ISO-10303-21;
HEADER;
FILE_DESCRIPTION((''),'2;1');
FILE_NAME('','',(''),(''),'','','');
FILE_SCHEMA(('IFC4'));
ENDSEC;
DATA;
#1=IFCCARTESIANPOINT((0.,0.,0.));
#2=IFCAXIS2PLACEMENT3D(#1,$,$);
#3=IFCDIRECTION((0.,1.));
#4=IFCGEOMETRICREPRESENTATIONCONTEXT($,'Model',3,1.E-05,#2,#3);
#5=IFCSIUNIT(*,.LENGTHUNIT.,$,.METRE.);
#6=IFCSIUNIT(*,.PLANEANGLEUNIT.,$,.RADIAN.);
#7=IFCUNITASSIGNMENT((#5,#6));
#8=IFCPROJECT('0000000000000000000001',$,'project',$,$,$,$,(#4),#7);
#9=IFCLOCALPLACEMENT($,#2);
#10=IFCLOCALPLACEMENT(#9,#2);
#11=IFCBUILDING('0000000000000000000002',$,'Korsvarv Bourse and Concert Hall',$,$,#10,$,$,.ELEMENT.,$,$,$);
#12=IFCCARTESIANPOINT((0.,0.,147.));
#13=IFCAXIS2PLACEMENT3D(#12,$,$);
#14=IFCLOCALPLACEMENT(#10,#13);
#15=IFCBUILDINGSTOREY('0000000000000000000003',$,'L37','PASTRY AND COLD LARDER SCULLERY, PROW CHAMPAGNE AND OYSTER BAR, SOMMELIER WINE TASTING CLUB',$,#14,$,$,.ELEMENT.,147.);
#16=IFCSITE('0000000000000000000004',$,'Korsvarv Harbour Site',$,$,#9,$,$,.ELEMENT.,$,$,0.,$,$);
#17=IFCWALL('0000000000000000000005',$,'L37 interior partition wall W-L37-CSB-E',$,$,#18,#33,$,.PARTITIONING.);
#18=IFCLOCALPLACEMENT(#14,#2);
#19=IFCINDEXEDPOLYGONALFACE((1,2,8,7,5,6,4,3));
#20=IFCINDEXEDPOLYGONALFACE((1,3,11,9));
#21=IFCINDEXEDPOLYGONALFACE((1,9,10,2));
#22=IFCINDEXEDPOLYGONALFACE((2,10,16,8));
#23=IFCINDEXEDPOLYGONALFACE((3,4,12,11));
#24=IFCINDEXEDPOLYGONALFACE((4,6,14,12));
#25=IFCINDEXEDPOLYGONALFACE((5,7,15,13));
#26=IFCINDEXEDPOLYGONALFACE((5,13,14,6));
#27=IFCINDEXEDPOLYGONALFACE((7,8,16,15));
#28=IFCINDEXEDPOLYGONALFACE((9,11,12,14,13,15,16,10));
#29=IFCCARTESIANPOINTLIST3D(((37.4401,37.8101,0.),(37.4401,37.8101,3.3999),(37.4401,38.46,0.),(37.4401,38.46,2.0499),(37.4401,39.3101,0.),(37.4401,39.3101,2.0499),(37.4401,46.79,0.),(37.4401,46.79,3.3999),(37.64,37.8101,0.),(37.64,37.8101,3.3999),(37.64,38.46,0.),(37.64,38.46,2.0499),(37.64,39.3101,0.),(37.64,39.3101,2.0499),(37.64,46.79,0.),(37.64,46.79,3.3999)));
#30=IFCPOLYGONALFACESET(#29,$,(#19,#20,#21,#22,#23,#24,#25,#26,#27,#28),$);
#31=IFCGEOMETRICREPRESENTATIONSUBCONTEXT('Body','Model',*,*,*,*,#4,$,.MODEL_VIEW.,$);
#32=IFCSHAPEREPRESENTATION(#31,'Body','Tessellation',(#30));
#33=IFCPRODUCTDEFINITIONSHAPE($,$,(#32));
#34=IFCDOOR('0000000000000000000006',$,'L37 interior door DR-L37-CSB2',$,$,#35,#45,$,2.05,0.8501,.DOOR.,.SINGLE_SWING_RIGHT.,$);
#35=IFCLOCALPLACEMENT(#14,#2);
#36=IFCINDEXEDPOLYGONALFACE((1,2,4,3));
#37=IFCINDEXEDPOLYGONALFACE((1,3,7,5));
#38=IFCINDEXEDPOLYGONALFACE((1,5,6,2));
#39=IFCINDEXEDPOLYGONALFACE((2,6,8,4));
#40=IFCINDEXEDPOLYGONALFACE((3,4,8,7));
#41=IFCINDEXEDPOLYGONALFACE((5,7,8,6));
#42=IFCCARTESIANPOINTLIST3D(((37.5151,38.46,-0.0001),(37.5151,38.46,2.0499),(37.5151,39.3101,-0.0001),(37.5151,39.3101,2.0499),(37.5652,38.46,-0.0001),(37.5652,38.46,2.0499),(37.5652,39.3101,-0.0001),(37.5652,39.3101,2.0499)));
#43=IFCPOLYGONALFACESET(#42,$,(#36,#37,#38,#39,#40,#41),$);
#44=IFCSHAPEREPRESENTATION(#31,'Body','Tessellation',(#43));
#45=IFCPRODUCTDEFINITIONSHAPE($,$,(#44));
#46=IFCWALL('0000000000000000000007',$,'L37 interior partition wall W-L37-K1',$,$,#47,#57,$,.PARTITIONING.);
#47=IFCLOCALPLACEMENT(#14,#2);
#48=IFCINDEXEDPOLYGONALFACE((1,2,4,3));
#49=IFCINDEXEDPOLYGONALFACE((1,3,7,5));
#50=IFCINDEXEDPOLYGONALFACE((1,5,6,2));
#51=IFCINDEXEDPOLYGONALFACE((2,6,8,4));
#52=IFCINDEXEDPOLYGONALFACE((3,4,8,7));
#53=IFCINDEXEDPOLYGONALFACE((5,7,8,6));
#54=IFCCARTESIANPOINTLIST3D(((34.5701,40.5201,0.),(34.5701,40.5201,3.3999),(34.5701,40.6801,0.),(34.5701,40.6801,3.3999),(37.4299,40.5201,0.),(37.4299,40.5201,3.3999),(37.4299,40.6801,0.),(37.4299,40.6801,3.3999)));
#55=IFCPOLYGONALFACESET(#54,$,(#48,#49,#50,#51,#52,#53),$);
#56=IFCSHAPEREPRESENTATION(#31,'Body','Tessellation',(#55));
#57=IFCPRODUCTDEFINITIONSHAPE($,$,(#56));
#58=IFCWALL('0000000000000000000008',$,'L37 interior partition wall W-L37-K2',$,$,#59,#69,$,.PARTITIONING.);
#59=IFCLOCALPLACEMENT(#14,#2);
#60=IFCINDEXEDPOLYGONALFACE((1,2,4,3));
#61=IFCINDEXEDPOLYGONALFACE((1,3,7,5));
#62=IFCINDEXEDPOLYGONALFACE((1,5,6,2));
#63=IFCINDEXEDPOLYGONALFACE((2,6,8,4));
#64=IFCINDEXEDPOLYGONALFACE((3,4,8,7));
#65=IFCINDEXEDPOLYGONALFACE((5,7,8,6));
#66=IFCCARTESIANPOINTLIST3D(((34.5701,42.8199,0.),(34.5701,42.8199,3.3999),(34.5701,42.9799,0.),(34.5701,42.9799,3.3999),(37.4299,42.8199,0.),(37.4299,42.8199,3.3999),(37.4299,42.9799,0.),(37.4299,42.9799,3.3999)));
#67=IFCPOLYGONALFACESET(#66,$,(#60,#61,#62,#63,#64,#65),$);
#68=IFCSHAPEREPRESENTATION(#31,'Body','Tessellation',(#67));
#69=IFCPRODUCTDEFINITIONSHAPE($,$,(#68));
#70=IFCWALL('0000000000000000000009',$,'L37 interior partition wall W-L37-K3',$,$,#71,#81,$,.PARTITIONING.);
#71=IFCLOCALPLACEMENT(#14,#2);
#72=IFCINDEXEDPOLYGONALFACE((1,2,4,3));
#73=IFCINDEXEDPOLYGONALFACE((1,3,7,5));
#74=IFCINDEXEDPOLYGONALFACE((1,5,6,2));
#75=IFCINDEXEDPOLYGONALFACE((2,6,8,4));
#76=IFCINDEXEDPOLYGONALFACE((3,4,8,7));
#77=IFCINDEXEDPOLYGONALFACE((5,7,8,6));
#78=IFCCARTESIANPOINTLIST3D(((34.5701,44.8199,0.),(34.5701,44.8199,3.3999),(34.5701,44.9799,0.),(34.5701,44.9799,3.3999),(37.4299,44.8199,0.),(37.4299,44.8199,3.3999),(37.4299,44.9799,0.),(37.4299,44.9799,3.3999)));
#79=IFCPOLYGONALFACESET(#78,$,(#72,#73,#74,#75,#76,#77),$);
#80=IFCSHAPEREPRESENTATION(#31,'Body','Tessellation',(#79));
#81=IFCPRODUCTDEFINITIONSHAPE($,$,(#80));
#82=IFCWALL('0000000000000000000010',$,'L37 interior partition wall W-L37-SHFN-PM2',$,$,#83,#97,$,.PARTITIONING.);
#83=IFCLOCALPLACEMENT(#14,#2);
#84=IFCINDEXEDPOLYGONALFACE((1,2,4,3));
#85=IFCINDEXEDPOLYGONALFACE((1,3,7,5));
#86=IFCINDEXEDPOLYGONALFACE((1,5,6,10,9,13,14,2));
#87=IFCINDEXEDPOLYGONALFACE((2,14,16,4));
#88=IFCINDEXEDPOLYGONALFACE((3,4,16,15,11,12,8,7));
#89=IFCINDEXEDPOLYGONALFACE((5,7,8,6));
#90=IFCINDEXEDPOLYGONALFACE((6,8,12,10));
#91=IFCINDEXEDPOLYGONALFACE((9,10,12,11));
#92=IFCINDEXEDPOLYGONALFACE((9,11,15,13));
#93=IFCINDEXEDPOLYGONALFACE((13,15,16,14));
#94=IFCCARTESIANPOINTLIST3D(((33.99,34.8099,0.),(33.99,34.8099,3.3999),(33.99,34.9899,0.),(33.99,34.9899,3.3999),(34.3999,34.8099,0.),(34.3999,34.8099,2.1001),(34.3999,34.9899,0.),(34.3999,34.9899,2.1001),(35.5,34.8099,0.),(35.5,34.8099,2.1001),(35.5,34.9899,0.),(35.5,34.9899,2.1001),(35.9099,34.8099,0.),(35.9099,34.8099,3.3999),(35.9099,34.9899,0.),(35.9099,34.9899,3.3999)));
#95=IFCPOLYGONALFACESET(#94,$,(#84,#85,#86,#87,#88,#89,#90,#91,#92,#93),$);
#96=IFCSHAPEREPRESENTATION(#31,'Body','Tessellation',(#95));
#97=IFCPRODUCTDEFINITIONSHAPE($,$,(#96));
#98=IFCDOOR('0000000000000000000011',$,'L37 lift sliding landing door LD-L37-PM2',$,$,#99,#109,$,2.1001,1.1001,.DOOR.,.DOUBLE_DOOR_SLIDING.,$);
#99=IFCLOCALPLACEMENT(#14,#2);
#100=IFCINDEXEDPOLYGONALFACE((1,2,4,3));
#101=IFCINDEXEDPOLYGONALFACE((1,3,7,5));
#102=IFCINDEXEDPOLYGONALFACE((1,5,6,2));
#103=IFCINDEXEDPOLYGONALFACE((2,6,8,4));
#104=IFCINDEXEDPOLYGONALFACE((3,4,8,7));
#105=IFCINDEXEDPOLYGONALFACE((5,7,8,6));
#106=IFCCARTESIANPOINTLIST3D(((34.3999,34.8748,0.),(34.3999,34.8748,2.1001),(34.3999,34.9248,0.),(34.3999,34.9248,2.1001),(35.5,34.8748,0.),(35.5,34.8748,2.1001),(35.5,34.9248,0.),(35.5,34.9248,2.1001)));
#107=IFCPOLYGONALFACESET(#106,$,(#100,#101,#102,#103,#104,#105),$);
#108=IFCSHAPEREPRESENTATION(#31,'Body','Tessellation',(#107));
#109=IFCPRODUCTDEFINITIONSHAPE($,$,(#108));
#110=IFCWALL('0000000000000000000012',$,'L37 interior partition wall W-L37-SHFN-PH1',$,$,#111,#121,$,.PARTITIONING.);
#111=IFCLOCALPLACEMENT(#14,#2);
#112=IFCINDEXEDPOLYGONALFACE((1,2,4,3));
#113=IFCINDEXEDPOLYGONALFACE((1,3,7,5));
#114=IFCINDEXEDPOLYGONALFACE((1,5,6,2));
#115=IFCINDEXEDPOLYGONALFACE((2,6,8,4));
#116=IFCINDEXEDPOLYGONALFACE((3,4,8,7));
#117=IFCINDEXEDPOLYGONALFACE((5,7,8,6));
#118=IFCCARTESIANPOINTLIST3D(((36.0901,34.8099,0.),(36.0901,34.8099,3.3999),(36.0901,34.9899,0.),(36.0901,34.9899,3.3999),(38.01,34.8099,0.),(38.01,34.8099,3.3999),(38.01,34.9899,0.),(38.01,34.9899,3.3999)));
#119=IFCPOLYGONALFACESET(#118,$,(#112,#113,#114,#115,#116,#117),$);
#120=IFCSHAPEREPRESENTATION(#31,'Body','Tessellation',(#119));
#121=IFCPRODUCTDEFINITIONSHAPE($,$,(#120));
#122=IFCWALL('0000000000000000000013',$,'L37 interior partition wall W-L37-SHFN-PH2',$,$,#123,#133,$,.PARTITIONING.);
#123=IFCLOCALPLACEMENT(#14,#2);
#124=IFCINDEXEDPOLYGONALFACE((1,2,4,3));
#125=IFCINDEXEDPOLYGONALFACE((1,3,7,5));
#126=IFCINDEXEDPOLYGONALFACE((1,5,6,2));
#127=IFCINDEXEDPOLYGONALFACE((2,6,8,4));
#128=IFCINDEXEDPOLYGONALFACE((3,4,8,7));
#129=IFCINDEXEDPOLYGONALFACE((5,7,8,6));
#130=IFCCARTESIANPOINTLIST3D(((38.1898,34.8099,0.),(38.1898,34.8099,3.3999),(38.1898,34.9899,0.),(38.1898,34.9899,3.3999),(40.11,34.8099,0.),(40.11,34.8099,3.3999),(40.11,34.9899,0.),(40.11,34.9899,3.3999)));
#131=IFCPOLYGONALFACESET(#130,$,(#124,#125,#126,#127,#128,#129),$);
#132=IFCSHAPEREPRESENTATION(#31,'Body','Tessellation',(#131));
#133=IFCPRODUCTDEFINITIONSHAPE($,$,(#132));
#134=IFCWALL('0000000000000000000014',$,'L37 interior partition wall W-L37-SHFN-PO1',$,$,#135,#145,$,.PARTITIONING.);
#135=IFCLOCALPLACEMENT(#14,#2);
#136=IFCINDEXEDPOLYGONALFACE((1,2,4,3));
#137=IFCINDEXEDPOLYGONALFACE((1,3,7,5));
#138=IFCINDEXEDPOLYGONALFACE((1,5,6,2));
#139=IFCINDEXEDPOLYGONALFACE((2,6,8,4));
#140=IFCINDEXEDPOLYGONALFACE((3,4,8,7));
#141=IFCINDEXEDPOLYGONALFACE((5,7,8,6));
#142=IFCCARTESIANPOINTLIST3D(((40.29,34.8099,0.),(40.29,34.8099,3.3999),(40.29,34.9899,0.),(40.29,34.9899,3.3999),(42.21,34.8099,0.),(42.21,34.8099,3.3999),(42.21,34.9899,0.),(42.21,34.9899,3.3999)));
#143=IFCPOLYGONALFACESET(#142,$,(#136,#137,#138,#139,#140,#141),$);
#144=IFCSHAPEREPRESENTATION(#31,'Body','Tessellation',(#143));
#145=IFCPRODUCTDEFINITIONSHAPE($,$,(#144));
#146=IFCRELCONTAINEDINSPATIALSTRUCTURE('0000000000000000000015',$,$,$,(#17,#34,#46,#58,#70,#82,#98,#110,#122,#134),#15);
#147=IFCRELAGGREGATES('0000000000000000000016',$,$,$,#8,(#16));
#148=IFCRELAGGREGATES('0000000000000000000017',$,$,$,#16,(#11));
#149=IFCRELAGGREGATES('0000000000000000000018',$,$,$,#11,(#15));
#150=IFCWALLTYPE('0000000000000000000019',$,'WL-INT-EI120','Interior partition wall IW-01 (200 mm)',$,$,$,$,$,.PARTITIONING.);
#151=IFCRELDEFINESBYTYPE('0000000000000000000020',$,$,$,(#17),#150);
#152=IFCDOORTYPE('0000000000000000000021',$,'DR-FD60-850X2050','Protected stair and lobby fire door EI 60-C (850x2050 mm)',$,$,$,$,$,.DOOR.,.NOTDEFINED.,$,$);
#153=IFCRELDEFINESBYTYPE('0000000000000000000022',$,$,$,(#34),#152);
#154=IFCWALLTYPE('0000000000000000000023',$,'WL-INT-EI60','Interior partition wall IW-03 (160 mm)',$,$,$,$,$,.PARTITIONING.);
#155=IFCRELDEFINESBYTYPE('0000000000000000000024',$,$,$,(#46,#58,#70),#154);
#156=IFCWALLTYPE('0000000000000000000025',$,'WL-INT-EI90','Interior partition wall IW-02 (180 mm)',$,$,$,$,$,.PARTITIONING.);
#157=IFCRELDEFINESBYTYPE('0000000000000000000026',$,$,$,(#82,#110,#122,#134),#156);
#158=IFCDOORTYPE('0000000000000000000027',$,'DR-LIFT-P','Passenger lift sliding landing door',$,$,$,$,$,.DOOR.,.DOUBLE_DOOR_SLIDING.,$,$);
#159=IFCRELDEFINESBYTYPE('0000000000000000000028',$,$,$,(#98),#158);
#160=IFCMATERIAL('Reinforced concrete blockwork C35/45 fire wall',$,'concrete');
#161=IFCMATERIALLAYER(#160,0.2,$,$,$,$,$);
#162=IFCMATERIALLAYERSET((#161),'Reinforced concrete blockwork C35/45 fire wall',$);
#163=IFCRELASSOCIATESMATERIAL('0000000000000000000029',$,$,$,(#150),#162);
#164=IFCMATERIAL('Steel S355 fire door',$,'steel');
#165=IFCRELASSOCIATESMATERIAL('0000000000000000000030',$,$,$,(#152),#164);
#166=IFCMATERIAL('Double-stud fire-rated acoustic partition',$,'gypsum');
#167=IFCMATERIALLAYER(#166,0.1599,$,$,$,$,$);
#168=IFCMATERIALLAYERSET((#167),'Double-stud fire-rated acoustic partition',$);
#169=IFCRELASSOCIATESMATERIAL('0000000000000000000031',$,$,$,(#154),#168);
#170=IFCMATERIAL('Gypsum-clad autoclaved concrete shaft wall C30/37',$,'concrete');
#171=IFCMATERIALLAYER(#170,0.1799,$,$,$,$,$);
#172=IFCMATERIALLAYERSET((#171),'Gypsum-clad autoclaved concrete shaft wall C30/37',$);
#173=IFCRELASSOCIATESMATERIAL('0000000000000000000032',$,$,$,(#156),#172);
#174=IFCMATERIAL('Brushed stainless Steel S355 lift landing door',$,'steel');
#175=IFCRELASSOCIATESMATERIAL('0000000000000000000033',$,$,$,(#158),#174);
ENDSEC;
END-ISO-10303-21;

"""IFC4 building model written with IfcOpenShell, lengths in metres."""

from ifc_helpers import new_model, si_unit, direction, frame, frame_2d, origin, place, context, subcontext, project, spatial, rectangle, extrude, material, layer, layer_set, type_object, element, fill, save


model = new_model("IFC4")

# Units and contexts
model_context = context("Model", 3, precision=1e-05, world=origin(), true_north=direction((0.0, 1.0)))
body_context = subcontext(model_context, "Body", "Model", "MODEL_VIEW")
ifc_project = project(units=[si_unit("LENGTHUNIT", "METRE"), si_unit("PLANEANGLEUNIT", "RADIAN")], contexts=[model_context])

# Site, building, storey
site_placement = place(None, origin())
site = spatial("IfcSite", under=ifc_project, at=site_placement, Name="Korsvarv Harbour Site", CompositionType="ELEMENT", RefElevation=0.0)
building_placement = place(site_placement, origin())
building = spatial("IfcBuilding", under=site, at=building_placement, Name="Korsvarv Bourse and Concert Hall", CompositionType="ELEMENT")
storey_placement = place(building_placement, frame((0.0, 0.0, 147.0)))
storey = spatial("IfcBuildingStorey", under=building, at=storey_placement, Name="L37", Description="PASTRY AND COLD LARDER SCULLERY, PROW CHAMPAGNE AND OYSTER BAR, SOMMELIER WINE TASTING CLUB", CompositionType="ELEMENT", Elevation=147.0)

# Shared definitions
ifc_material_1 = material(Name="Steel S355 fire door", Category="steel")

# Wall, opening, door
ifc_material_2 = material(Name="Reinforced concrete blockwork C35/45 fire wall", Category="concrete")
ifc_layer_1 = layer(ifc_material_2, 0.2)
ifc_layer_set_1 = layer_set([ifc_layer_1], Name="Reinforced concrete blockwork C35/45 fire wall")
wall_type_1 = type_object("IfcWallType", Name="WL-INT-EI120", Description="Interior partition wall IW-01 (200 mm)", PredefinedType="PARTITIONING", material=ifc_layer_set_1)
door_type_1 = type_object("IfcDoorType", Name="DR-FD60-850X2050", Description="Protected stair and lobby fire door EI 60-C (850x2050 mm)", OperationType="NOTDEFINED", PredefinedType="DOOR", material=ifc_material_1)
wall_1_placement = place(storey_placement, frame((37.54, 37.8101, 0.0), z_axis=(0.0, 0.0, 1.0), x_axis=(0.0, 1.0, 0.0)))
wall_1 = element("IfcWall", 1, at=wall_1_placement, inside=storey, type_object=wall_type_1, Name="L37 interior partition wall W-L37-CSB-E", PredefinedType="PARTITIONING", context=body_context, shape_type="SweptSolid", body=[
    extrude(rectangle(XDim=8.98, YDim=0.2, at=frame_2d((4.49, 0.0))), origin(), (0.0, 0.0, 1.0), 3.3999),
])
opening_1_placement = place(wall_1_placement, frame((0.6499, 0.0, 0.0)))
opening_1 = element("IfcOpeningElement", 2, at=opening_1_placement, cuts=wall_1, PredefinedType="OPENING", context=body_context, shape_type="SweptSolid", body=[
    extrude(rectangle(XDim=0.8501, YDim=2.05, at=frame_2d((0.425, 1.0249))), frame((0.0, 0.1099, 0.0), z_axis=(0.0, -1.0, 0.0), x_axis=(1.0, 0.0, 0.0)), (0.0, 0.0, 1.0), 0.22),
])
door_1_placement = place(opening_1_placement, origin())
door_1 = element("IfcDoor", 3, at=door_1_placement, inside=storey, type_object=door_type_1, Name="L37 interior door DR-L37-CSB2", OperationType="SINGLE_SWING_RIGHT", OverallHeight=2.05, OverallWidth=0.8501, PredefinedType="DOOR", context=body_context, shape_type="SweptSolid", body=[
    extrude(rectangle(XDim=0.8501, YDim=2.05, at=frame_2d((0.425, 1.0249))), frame((0.0, 0.0249, 0.0), z_axis=(0.0, -1.0, 0.0), x_axis=(1.0, 0.0, 0.0)), (0.0, 0.0, 1.0), 0.05),
])
fill(opening_1, door_1)

# Walls
ifc_material_3 = material(Name="Double-stud fire-rated acoustic partition", Category="gypsum")
ifc_layer_2 = layer(ifc_material_3, 0.1599)
ifc_layer_set_2 = layer_set([ifc_layer_2], Name="Double-stud fire-rated acoustic partition")
wall_type_2 = type_object("IfcWallType", Name="WL-INT-EI60", Description="Interior partition wall IW-03 (160 mm)", PredefinedType="PARTITIONING", material=ifc_layer_set_2)
for number, where, z_axis, x_axis, name in (
    (4, (34.5701, 40.6001, 0.0), (0.0, 0.0, 1.0), (1.0, 0.0, 0.0), "L37 interior partition wall W-L37-K1"),
    (5, (34.5701, 42.8999, 0.0), (0.0, 0.0, 1.0), (1.0, 0.0, 0.0), "L37 interior partition wall W-L37-K2"),
    (6, (34.5701, 44.8999, 0.0), (0.0, 0.0, 1.0), (1.0, 0.0, 0.0), "L37 interior partition wall W-L37-K3"),
):
    element("IfcWall", number, at=place(storey_placement, frame(where, z_axis=z_axis, x_axis=x_axis)), inside=storey, type_object=wall_type_2, Name=name, PredefinedType="PARTITIONING", context=body_context, shape_type="SweptSolid", body=[
        extrude(rectangle(XDim=2.8599, YDim=0.1599, at=frame_2d((1.4299, 0.0))), origin(), (0.0, 0.0, 1.0), 3.3999),
    ])

# Wall, opening, door
ifc_material_4 = material(Name="Gypsum-clad autoclaved concrete shaft wall C30/37", Category="concrete")
ifc_layer_3 = layer(ifc_material_4, 0.1799)
ifc_layer_set_3 = layer_set([ifc_layer_3], Name="Gypsum-clad autoclaved concrete shaft wall C30/37")
wall_type_3 = type_object("IfcWallType", Name="WL-INT-EI90", Description="Interior partition wall IW-02 (180 mm)", PredefinedType="PARTITIONING", material=ifc_layer_set_3)
wall_2_placement = place(storey_placement, frame((33.99, 34.8999, 0.0), z_axis=(0.0, 0.0, 1.0), x_axis=(1.0, 0.0, 0.0)))
wall_2 = element("IfcWall", 7, at=wall_2_placement, inside=storey, type_object=wall_type_3, Name="L37 interior partition wall W-L37-SHFN-PM2", PredefinedType="PARTITIONING", context=body_context, shape_type="SweptSolid", body=[
    extrude(rectangle(XDim=1.9199, YDim=0.1799, at=frame_2d((0.96, 0.0))), origin(), (0.0, 0.0, 1.0), 3.3999),
])
opening_2_placement = place(wall_2_placement, frame((0.4099, 0.0, 0.0)))
opening_2 = element("IfcOpeningElement", 8, at=opening_2_placement, cuts=wall_2, PredefinedType="OPENING", context=body_context, shape_type="SweptSolid", body=[
    extrude(rectangle(XDim=1.1001, YDim=2.1001, at=frame_2d((0.55, 1.05))), frame((0.0, 0.1001, 0.0), z_axis=(0.0, -1.0, 0.0), x_axis=(1.0, 0.0, 0.0)), (0.0, 0.0, 1.0), 0.2),
])
ifc_material_5 = material(Name="Brushed stainless Steel S355 lift landing door", Category="steel")
door_type_2 = type_object("IfcDoorType", Name="DR-LIFT-P", Description="Passenger lift sliding landing door", OperationType="DOUBLE_DOOR_SLIDING", PredefinedType="DOOR", material=ifc_material_5)
door_2_placement = place(opening_2_placement, origin())
door_2 = element("IfcDoor", 9, at=door_2_placement, inside=storey, type_object=door_type_2, Name="L37 lift sliding landing door LD-L37-PM2", OperationType="DOUBLE_DOOR_SLIDING", OverallHeight=2.1001, OverallWidth=1.1001, PredefinedType="DOOR", context=body_context, shape_type="SweptSolid", body=[
    extrude(rectangle(XDim=1.1001, YDim=2.1001, at=frame_2d((0.55, 1.05))), frame((0.0, 0.0249, 0.0), z_axis=(0.0, -1.0, 0.0), x_axis=(1.0, 0.0, 0.0)), (0.0, 0.0, 1.0), 0.05),
])
fill(opening_2, door_2)

# Walls
wall_3_placement = place(storey_placement, frame((36.0901, 34.8999, 0.0), z_axis=(0.0, 0.0, 1.0), x_axis=(1.0, 0.0, 0.0)))
element("IfcWall", 10, at=wall_3_placement, inside=storey, type_object=wall_type_3, Name="L37 interior partition wall W-L37-SHFN-PH1", PredefinedType="PARTITIONING", context=body_context, shape_type="SweptSolid", body=[
    extrude(rectangle(XDim=1.9199, YDim=0.1799, at=frame_2d((0.96, 0.0))), origin(), (0.0, 0.0, 1.0), 3.3999),
])
wall_4_placement = place(storey_placement, frame((38.1899, 34.8999, 0.0), z_axis=(0.0, 0.0, 1.0), x_axis=(1.0, 0.0, 0.0)))
element("IfcWall", 11, at=wall_4_placement, inside=storey, type_object=wall_type_3, Name="L37 interior partition wall W-L37-SHFN-PH2", PredefinedType="PARTITIONING", context=body_context, shape_type="SweptSolid", body=[
    extrude(rectangle(XDim=1.9202, YDim=0.1799, at=frame_2d((0.96, 0.0))), origin(), (0.0, 0.0, 1.0), 3.3999),
])
wall_5_placement = place(storey_placement, frame((40.29, 34.8999, 0.0), z_axis=(0.0, 0.0, 1.0), x_axis=(1.0, 0.0, 0.0)))
element("IfcWall", 12, at=wall_5_placement, inside=storey, type_object=wall_type_3, Name="L37 interior partition wall W-L37-SHFN-PO1", PredefinedType="PARTITIONING", context=body_context, shape_type="SweptSolid", body=[
    extrude(rectangle(XDim=1.9199, YDim=0.1799, at=frame_2d((0.96, 0.0))), origin(), (0.0, 0.0, 1.0), 3.3999),
])

save(model, "model.ifc")
